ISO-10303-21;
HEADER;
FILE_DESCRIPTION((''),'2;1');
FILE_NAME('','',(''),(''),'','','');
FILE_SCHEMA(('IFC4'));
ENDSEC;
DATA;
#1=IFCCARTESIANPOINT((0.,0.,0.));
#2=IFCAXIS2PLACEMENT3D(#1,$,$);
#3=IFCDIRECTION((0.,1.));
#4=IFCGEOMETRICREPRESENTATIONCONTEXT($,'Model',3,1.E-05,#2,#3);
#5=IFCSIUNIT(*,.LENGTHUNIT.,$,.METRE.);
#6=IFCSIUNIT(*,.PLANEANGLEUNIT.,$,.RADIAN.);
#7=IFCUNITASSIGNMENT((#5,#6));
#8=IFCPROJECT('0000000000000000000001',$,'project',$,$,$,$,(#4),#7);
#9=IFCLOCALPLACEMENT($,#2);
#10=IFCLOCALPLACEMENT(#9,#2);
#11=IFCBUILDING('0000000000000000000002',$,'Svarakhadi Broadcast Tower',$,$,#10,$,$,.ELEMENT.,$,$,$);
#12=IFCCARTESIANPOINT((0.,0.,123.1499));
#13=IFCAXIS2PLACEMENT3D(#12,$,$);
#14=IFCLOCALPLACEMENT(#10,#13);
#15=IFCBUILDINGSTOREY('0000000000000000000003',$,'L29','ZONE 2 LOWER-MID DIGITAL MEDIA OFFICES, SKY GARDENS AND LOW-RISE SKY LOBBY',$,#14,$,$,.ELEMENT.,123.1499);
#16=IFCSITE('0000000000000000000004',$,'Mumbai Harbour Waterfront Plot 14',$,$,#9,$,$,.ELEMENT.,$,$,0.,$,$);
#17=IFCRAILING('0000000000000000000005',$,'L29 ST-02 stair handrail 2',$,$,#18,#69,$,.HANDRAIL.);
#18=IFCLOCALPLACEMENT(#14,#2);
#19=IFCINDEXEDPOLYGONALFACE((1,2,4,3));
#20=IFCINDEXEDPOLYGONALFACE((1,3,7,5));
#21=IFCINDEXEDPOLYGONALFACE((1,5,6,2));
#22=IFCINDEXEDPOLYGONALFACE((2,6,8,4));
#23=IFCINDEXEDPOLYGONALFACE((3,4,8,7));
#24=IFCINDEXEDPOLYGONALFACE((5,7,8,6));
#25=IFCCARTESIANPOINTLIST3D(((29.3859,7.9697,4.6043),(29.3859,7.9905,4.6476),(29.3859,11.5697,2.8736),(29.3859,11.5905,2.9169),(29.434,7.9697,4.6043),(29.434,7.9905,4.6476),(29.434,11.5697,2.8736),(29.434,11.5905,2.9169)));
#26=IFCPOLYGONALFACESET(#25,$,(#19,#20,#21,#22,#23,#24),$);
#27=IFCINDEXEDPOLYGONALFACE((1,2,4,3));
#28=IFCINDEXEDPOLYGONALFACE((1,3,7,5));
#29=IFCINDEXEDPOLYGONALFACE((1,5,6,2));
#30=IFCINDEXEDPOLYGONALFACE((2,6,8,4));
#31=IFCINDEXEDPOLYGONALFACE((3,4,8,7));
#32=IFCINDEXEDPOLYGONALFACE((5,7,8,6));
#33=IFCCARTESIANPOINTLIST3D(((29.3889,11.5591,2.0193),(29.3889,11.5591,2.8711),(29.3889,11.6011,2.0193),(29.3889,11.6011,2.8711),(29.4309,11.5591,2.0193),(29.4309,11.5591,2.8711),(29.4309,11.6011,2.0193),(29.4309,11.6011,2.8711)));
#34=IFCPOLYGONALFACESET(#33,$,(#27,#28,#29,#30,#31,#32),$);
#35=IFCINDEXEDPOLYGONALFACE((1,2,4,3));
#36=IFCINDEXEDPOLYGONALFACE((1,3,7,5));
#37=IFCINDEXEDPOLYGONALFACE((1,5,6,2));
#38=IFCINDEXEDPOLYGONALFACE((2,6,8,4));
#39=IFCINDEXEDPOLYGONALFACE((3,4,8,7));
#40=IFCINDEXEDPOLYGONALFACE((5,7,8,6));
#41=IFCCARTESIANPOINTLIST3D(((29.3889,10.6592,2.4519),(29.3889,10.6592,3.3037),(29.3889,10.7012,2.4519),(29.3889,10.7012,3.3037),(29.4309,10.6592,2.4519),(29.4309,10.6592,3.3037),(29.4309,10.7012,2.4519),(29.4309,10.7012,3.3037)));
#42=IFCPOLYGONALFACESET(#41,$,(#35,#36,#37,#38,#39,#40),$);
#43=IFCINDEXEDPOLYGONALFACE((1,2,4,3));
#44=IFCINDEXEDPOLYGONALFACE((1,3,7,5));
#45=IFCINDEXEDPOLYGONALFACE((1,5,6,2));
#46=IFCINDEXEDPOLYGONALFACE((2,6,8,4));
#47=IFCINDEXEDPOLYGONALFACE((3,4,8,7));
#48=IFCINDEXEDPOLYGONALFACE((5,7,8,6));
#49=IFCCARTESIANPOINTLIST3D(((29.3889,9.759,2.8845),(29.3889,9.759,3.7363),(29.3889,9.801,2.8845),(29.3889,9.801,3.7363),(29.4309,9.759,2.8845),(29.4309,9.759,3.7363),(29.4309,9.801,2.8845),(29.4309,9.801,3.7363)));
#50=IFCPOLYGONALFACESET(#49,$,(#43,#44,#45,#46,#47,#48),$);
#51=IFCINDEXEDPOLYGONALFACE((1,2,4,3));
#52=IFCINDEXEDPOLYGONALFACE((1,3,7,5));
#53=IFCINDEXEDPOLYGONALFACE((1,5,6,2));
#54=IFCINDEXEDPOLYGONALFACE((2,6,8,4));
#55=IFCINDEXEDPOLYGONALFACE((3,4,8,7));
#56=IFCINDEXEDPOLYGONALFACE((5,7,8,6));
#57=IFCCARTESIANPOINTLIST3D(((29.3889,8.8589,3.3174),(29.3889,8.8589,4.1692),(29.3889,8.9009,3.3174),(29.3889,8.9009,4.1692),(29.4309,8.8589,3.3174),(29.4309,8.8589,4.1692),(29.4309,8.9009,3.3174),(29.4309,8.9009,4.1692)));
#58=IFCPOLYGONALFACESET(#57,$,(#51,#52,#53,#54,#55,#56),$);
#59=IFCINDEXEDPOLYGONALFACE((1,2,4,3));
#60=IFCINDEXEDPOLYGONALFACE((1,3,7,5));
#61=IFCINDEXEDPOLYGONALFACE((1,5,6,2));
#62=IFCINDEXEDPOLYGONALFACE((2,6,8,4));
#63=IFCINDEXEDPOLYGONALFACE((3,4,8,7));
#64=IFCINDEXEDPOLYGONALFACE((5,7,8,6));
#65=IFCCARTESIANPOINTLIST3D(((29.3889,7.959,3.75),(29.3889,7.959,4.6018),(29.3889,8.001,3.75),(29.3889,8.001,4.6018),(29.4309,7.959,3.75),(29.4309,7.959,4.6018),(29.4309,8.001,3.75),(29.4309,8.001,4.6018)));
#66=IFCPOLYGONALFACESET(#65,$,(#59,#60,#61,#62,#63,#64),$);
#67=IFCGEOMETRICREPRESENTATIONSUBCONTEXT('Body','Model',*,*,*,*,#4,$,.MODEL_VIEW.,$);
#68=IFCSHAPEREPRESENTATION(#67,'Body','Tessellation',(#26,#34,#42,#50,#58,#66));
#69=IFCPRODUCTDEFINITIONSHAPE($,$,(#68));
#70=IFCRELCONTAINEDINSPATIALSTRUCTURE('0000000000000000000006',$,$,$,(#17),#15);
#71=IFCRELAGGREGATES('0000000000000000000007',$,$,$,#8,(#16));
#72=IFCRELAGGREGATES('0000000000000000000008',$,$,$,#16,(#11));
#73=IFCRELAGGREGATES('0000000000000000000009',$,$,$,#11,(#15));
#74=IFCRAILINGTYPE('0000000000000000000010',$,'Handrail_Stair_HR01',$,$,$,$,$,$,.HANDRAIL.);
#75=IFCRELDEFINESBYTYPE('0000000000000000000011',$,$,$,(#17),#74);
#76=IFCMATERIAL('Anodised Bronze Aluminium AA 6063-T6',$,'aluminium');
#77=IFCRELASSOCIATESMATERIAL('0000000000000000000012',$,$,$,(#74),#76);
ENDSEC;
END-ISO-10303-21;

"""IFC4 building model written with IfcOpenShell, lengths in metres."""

from ifc_helpers import new_model, si_unit, direction, frame, origin, origin_2d, place, context, subcontext, project, spatial, rectangle, extrude, material, type_object, element, save


model = new_model("IFC4")

# Units and contexts
model_context = context("Model", 3, precision=1e-05, world=origin(), true_north=direction((0.0, 1.0)))
body_context = subcontext(model_context, "Body", "Model", "MODEL_VIEW")
ifc_project = project(units=[si_unit("LENGTHUNIT", "METRE"), si_unit("PLANEANGLEUNIT", "RADIAN")], contexts=[model_context])

# Site, building, storey
site_placement = place(None, origin())
site = spatial("IfcSite", under=ifc_project, at=site_placement, Name="Mumbai Harbour Waterfront Plot 14", CompositionType="ELEMENT", RefElevation=0.0)
building_placement = place(site_placement, origin())
building = spatial("IfcBuilding", under=site, at=building_placement, Name="Svarakhadi Broadcast Tower", CompositionType="ELEMENT")
storey_placement = place(building_placement, frame((0.0, 0.0, 123.1499)))
storey = spatial("IfcBuildingStorey", under=building, at=storey_placement, Name="L29", Description="ZONE 2 LOWER-MID DIGITAL MEDIA OFFICES, SKY GARDENS AND LOW-RISE SKY LOBBY", CompositionType="ELEMENT", Elevation=123.1499)

# Shared definitions
ifc_material_1 = material(Name="Anodised Bronze Aluminium AA 6063-T6", Category="aluminium")

# Railing
railing_type_1 = type_object("IfcRailingType", Name="Handrail_Stair_HR01", PredefinedType="HANDRAIL", material=ifc_material_1)
railing_1_placement = place(storey_placement, frame((29.4099, 11.5801, 2.0193)))
element("IfcRailing", 1, at=railing_1_placement, inside=storey, type_object=railing_type_1, Name="L29 ST-02 stair handrail 2", PredefinedType="HANDRAIL", context=body_context, shape_type="SweptSolid", body=[
    extrude(rectangle(XDim=0.0481, YDim=0.0481, at=origin_2d()), frame((0.0, 0.0, 0.876), z_axis=(0.0, -0.901263, 0.433273), x_axis=(1.0, 0.0, 0.0)), (0.0, 0.0, 1.0), 3.9944),
    extrude(rectangle(XDim=0.042, YDim=0.042, at=origin_2d()), origin(), (0.0, 0.0, 1.0), 0.8518),
    extrude(rectangle(XDim=0.042, YDim=0.042, at=origin_2d()), frame((0.0, -0.8999, 0.4326)), (0.0, 0.0, 1.0), 0.8518),
    extrude(rectangle(XDim=0.042, YDim=0.042, at=origin_2d()), frame((0.0, -1.8, 0.8652)), (0.0, 0.0, 1.0), 0.8518),
    extrude(rectangle(XDim=0.042, YDim=0.042, at=origin_2d()), frame((0.0, -2.7002, 1.2981)), (0.0, 0.0, 1.0), 0.8518),
    extrude(rectangle(XDim=0.042, YDim=0.042, at=origin_2d()), frame((0.0, -3.6001, 1.7307)), (0.0, 0.0, 1.0), 0.8518),
])

save(model, "model.ifc")
